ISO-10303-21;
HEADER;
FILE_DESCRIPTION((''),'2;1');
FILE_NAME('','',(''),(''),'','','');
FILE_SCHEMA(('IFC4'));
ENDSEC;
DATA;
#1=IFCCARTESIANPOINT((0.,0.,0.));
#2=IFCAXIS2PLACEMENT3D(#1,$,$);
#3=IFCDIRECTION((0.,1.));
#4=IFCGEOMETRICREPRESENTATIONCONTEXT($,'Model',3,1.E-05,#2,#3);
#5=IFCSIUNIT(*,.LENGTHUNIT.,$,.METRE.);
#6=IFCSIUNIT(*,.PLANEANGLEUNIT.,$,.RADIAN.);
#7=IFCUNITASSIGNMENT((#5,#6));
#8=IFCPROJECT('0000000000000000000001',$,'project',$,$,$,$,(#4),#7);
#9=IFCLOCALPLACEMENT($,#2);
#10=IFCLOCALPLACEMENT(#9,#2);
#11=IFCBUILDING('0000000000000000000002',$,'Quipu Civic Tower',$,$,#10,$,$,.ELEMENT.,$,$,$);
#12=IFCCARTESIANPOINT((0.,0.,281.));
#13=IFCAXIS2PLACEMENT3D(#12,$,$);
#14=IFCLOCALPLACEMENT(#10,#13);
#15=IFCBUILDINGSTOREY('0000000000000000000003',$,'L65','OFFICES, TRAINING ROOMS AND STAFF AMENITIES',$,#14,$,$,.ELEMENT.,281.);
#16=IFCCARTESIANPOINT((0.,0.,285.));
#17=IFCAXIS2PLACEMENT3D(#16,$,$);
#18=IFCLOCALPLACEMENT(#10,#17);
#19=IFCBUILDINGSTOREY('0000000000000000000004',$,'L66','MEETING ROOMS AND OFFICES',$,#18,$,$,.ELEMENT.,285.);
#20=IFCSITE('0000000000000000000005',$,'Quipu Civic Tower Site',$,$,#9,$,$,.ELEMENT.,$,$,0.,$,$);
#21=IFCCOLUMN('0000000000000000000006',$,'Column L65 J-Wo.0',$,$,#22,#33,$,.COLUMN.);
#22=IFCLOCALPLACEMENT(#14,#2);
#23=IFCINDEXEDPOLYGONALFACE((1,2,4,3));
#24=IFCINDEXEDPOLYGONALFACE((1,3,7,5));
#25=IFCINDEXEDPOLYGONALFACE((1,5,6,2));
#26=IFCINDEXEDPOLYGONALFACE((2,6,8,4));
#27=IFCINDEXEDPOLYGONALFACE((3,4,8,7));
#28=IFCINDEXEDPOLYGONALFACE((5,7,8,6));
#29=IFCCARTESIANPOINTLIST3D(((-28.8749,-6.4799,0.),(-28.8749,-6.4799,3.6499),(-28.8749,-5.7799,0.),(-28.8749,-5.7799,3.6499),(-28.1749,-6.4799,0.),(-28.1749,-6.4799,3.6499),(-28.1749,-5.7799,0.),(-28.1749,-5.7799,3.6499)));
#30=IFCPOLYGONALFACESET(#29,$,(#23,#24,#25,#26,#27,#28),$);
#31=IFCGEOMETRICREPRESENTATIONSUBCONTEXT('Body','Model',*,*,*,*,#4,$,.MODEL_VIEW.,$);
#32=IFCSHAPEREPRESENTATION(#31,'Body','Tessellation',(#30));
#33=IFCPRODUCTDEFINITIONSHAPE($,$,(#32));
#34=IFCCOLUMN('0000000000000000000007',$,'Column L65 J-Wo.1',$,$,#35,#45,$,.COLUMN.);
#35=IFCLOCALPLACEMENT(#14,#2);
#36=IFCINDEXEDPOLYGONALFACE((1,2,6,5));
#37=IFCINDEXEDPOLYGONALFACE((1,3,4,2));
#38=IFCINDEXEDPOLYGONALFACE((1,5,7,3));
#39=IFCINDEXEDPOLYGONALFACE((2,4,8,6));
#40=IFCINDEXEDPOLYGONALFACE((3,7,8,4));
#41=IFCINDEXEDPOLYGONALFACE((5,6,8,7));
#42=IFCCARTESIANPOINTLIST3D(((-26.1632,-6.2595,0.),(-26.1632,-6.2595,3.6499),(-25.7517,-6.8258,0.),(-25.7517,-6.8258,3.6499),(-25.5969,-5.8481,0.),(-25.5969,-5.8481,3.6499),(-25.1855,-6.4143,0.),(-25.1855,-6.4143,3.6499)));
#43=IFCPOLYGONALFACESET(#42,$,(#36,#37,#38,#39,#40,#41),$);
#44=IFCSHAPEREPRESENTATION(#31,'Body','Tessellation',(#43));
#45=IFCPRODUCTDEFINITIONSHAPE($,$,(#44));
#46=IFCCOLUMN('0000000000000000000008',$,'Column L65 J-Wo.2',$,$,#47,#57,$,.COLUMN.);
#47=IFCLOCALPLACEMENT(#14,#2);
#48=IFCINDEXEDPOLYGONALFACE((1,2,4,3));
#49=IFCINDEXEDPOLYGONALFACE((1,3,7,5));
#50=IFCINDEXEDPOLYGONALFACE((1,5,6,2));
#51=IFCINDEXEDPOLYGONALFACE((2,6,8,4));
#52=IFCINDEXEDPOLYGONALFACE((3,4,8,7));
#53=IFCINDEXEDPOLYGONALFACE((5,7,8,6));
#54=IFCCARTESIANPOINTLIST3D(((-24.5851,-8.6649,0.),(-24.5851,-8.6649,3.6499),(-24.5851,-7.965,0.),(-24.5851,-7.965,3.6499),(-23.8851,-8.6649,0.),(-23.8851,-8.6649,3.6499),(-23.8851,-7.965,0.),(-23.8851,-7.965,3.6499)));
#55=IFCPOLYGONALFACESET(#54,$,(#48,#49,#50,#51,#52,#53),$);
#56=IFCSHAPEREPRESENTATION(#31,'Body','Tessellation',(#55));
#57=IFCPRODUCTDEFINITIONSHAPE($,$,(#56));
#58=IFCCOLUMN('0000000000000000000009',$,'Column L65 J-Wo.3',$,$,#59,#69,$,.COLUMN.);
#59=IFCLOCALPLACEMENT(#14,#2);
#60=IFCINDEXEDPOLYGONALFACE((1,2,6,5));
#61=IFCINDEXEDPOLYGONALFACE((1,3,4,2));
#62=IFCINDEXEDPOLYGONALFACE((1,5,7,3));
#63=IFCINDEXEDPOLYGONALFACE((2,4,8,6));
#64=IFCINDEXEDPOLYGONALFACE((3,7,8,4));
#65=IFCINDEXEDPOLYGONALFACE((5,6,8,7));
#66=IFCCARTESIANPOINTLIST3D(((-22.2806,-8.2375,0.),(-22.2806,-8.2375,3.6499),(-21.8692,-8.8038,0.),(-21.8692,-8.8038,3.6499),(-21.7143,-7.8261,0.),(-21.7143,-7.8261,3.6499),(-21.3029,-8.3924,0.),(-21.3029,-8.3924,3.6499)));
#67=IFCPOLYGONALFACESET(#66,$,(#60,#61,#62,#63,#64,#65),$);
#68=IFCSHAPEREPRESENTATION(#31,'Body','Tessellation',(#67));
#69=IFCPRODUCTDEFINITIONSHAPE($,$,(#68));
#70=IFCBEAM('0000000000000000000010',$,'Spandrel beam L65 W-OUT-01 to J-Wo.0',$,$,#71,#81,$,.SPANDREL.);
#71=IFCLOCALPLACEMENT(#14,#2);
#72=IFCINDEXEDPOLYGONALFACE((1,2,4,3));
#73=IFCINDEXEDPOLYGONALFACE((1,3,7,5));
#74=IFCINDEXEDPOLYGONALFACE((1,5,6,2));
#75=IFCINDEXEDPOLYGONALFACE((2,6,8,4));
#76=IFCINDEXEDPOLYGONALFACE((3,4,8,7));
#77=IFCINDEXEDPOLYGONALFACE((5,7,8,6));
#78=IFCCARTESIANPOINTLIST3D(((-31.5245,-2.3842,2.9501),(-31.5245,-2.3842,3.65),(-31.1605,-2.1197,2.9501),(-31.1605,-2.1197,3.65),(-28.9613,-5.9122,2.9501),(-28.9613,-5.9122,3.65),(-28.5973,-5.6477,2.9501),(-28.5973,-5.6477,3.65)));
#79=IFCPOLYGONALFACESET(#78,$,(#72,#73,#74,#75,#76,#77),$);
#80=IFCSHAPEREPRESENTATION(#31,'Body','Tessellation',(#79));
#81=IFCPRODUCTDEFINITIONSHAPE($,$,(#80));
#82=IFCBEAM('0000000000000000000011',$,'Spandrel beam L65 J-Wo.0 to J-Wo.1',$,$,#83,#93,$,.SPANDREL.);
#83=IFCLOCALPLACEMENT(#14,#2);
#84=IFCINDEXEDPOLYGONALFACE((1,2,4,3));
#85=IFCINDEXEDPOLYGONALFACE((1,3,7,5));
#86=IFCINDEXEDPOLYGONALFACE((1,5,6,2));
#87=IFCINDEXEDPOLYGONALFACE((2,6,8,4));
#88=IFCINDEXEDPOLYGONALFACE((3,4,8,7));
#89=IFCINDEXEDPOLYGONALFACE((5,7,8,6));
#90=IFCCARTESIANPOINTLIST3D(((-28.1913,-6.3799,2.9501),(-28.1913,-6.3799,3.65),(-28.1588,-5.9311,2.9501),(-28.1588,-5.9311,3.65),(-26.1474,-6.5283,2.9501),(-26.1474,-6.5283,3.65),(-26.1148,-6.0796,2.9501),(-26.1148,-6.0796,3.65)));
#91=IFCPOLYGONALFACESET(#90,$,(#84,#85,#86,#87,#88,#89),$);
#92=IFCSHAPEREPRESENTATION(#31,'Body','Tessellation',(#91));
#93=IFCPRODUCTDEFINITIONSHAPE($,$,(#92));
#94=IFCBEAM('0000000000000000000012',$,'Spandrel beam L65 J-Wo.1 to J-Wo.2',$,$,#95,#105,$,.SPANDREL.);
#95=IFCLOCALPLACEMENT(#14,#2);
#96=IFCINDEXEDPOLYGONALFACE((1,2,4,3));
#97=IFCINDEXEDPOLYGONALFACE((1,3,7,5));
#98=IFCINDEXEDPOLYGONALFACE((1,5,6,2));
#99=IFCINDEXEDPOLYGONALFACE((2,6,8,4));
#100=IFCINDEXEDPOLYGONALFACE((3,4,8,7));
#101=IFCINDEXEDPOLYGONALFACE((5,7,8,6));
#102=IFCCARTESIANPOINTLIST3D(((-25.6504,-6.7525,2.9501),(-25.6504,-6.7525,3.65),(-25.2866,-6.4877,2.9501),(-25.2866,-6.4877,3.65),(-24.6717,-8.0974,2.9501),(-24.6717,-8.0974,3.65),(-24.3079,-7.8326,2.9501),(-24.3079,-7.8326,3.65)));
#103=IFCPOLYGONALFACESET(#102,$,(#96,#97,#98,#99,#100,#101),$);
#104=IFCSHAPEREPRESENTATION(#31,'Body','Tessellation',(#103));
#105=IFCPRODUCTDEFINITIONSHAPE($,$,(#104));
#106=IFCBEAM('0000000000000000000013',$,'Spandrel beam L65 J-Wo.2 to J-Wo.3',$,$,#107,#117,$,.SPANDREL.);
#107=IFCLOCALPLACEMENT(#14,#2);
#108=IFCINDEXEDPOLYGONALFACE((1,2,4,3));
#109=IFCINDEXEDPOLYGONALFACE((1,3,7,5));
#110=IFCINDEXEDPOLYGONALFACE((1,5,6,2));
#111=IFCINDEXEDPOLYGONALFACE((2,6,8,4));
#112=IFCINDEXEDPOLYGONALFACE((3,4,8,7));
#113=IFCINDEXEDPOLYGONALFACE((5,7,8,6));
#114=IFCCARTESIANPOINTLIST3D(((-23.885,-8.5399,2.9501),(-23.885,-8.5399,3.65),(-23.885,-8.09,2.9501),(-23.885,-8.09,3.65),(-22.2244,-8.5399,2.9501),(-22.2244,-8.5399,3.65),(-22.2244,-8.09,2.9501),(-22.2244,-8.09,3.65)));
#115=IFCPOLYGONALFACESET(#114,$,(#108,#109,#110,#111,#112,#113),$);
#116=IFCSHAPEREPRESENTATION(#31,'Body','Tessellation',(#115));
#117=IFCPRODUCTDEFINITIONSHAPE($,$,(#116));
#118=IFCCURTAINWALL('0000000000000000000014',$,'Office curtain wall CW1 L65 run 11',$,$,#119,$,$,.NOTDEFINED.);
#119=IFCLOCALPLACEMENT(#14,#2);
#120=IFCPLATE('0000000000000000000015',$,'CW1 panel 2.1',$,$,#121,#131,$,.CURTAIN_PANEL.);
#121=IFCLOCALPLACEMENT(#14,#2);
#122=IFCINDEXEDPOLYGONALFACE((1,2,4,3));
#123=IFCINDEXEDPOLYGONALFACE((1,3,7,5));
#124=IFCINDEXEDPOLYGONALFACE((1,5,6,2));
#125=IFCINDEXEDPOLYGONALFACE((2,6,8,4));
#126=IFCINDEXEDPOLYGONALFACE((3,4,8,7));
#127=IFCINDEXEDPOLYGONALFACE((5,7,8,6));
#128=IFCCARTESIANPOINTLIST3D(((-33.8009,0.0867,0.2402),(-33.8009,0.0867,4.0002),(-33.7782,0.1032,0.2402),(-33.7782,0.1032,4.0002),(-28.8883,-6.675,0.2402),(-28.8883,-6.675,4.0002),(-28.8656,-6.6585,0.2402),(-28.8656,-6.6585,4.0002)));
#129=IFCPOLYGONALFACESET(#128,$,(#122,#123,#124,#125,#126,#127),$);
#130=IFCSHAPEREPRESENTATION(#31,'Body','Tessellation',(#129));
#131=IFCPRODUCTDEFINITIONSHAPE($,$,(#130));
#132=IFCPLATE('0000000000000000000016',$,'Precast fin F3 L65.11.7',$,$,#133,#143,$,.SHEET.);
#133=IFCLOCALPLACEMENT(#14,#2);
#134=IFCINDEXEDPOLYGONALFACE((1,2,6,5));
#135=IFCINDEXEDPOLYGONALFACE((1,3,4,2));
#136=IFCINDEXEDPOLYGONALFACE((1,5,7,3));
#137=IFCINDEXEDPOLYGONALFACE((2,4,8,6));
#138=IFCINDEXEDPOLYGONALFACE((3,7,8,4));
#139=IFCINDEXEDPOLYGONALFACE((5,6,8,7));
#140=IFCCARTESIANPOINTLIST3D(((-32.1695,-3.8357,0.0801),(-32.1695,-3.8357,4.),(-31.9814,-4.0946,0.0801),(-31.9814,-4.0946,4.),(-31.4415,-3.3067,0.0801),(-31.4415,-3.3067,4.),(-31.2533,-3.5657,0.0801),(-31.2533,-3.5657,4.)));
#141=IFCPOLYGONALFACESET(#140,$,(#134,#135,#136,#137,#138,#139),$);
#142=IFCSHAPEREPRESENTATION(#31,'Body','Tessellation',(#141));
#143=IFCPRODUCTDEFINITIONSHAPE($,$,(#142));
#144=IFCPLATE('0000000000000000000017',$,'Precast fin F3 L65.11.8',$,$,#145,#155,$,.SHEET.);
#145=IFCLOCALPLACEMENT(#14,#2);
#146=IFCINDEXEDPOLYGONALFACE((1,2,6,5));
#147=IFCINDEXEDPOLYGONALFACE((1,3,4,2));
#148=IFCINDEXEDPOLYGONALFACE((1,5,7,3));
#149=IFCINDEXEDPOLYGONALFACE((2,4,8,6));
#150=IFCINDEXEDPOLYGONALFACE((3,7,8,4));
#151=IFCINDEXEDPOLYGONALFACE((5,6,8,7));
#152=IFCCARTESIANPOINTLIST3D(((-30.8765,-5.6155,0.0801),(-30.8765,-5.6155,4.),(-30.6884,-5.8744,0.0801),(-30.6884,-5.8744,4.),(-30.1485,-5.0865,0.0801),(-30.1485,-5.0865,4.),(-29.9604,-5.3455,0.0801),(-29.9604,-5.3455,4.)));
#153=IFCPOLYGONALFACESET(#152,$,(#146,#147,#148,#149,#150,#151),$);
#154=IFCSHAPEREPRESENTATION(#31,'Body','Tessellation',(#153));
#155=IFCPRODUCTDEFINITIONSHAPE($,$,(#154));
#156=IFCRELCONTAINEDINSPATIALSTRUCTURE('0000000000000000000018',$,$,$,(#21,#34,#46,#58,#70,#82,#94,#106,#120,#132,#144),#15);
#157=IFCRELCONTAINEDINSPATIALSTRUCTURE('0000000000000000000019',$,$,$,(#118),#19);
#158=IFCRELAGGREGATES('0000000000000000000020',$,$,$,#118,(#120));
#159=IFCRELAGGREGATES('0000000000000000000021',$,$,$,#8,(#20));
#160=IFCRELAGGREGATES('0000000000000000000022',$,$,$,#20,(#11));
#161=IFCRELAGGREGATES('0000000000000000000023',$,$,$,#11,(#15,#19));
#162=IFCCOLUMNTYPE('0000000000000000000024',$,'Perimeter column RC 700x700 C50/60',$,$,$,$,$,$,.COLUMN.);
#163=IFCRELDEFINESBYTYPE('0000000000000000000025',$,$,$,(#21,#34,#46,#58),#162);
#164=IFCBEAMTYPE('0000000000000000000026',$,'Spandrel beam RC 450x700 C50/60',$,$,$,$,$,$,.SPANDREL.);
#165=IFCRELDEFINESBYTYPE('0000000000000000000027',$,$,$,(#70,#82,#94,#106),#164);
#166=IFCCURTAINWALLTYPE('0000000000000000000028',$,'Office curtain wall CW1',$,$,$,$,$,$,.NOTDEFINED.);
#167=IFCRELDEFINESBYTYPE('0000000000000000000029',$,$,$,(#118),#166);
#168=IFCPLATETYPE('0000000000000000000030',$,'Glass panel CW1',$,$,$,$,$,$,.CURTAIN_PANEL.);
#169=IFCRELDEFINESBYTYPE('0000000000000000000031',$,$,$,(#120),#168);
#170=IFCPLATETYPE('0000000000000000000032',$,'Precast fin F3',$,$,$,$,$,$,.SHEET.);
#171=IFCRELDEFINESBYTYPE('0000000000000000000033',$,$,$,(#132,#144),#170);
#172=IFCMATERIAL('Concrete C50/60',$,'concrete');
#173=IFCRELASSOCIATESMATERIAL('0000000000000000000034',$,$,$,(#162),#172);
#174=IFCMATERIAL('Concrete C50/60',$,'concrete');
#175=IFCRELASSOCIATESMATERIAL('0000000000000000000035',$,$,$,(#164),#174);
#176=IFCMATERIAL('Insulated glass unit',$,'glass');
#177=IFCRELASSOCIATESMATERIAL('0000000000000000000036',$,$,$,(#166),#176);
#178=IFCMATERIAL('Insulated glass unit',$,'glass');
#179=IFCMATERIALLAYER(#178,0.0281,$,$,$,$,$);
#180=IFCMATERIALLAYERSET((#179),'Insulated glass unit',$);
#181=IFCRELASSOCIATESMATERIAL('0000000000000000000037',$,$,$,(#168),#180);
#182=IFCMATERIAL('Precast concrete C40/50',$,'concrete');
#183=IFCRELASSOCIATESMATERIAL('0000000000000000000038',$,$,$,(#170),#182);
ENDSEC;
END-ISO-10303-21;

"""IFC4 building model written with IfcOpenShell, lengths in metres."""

from ifc_helpers import new_model, si_unit, direction, frame, origin, origin_2d, place, context, subcontext, project, spatial, rectangle, extrude, material, layer, layer_set, material_profile, profile_set, type_object, element, aggregate, save


model = new_model("IFC4")

# Units and contexts
model_context = context("Model", 3, precision=1e-05, world=origin(), true_north=direction((0.0, 1.0)))
body_context = subcontext(model_context, "Body", "Model", "MODEL_VIEW")
ifc_project = project(units=[si_unit("LENGTHUNIT", "METRE"), si_unit("PLANEANGLEUNIT", "RADIAN")], contexts=[model_context])

# Site, building, storey
site_placement = place(None, origin())
site = spatial("IfcSite", under=ifc_project, at=site_placement, Name="Quipu Civic Tower Site", CompositionType="ELEMENT", RefElevation=0.0)
building_placement = place(site_placement, origin())
building = spatial("IfcBuilding", under=site, at=building_placement, Name="Quipu Civic Tower", CompositionType="ELEMENT")
storey_1_placement = place(building_placement, frame((0.0, 0.0, 281.0)))
storey_1 = spatial("IfcBuildingStorey", under=building, at=storey_1_placement, Name="L65", Description="OFFICES, TRAINING ROOMS AND STAFF AMENITIES", CompositionType="ELEMENT", Elevation=281.0)

# Columns
ifc_material_1 = material(Name="Concrete C50/60", Category="concrete")
ifc_material_profile_1 = material_profile(ifc_material_1, rectangle(XDim=0.7, YDim=0.7, at=origin_2d()), Name="RC700x700")
ifc_profile_set_1 = profile_set([ifc_material_profile_1], Name="Concrete C50/60")
column_type = type_object("IfcColumnType", Name="Perimeter column RC 700x700 C50/60", PredefinedType="COLUMN", material=ifc_profile_set_1)
for number, where, z_axis, x_axis, name in (
    (1, (-28.5249, -6.1299, 0.0), (0.0, 0.0, 1.0), (1.0, 0.0, 0.0), "Column L65 J-Wo.0"),
    (2, (-25.6743, -6.3369, 0.0), (0.0, 0.0, 1.0), (0.587785, -0.809017, 0.0), "Column L65 J-Wo.1"),
    (3, (-24.2351, -8.3149, 0.0), (0.0, 0.0, 1.0), (1.0, 0.0, 0.0), "Column L65 J-Wo.2"),
    (4, (-21.7917, -8.3149, 0.0), (0.0, 0.0, 1.0), (0.587785, -0.809017, 0.0), "Column L65 J-Wo.3"),
):
    element("IfcColumn", number, at=place(storey_1_placement, frame(where, z_axis=z_axis, x_axis=x_axis)), inside=storey_1, type_object=column_type, Name=name, PredefinedType="COLUMN", context=body_context, shape_type="SweptSolid", body=[
        extrude(rectangle(XDim=0.7, YDim=0.7, at=origin_2d()), origin(), (0.0, 0.0, 1.0), 3.6499),
    ])

# Beams
ifc_material_2 = material(Name="Concrete C50/60", Category="concrete")
ifc_material_profile_2 = material_profile(ifc_material_2, rectangle(XDim=0.45, YDim=0.7, at=origin_2d()), Name="RC450x700")
ifc_profile_set_2 = profile_set([ifc_material_profile_2], Name="Concrete C50/60")
beam_type = type_object("IfcBeamType", Name="Spandrel beam RC 450x700 C50/60", PredefinedType="SPANDREL", material=ifc_profile_set_2)
beam_1_placement = place(storey_1_placement, frame((-31.3425, -2.252, 3.3), z_axis=(0.587776, -0.809024, 0.0), x_axis=(0.809024, 0.587776, 0.0)))
element("IfcBeam", 5, at=beam_1_placement, inside=storey_1, type_object=beam_type, Name="Spandrel beam L65 W-OUT-01 to J-Wo.0", PredefinedType="SPANDREL", context=body_context, shape_type="SweptSolid", body=[
    extrude(rectangle(XDim=0.45, YDim=0.7, at=origin_2d()), origin(), (0.0, 0.0, 1.0), 4.3608),
])
beam_2_placement = place(storey_1_placement, frame((-28.175, -6.1555, 3.3), z_axis=(0.997373, -0.072432, 0.0), x_axis=(0.072432, 0.997373, 0.0)))
element("IfcBeam", 6, at=beam_2_placement, inside=storey_1, type_object=beam_type, Name="Spandrel beam L65 J-Wo.0 to J-Wo.1", PredefinedType="SPANDREL", context=body_context, shape_type="SweptSolid", body=[
    extrude(rectangle(XDim=0.45, YDim=0.7, at=origin_2d()), origin(), (0.0, 0.0, 1.0), 2.0493),
])
beam_3_placement = place(storey_1_placement, frame((-25.4685, -6.6201, 3.3), z_axis=(0.588407, -0.808565, 0.0), x_axis=(0.808565, 0.588407, 0.0)))
element("IfcBeam", 7, at=beam_3_placement, inside=storey_1, type_object=beam_type, Name="Spandrel beam L65 J-Wo.1 to J-Wo.2", PredefinedType="SPANDREL", context=body_context, shape_type="SweptSolid", body=[
    extrude(rectangle(XDim=0.45, YDim=0.7, at=origin_2d()), origin(), (0.0, 0.0, 1.0), 1.6633),
])
beam_4_placement = place(storey_1_placement, frame((-23.885, -8.3149, 3.3), z_axis=(1.0, 0.0, 0.0), x_axis=(0.0, 1.0, 0.0)))
element("IfcBeam", 8, at=beam_4_placement, inside=storey_1, type_object=beam_type, Name="Spandrel beam L65 J-Wo.2 to J-Wo.3", PredefinedType="SPANDREL", context=body_context, shape_type="SweptSolid", body=[
    extrude(rectangle(XDim=0.45, YDim=0.7, at=origin_2d()), origin(), (0.0, 0.0, 1.0), 1.6606),
])

# Shared definitions
storey_2_placement = place(building_placement, frame((0.0, 0.0, 285.0)))
storey_2 = spatial("IfcBuildingStorey", under=building, at=storey_2_placement, Name="L66", Description="MEETING ROOMS AND OFFICES", CompositionType="ELEMENT", Elevation=285.0)

# Curtain wall, plate
ifc_material_3 = material(Name="Insulated glass unit", Category="glass")
curtain_wall_type = type_object("IfcCurtainWallType", Name="Office curtain wall CW1", PredefinedType="NOTDEFINED", material=ifc_material_3)
curtain_wall_placement = place(storey_2_placement, origin())
curtain_wall = element("IfcCurtainWall", 9, at=curtain_wall_placement, inside=storey_2, type_object=curtain_wall_type, Name="Office curtain wall CW1 L65 run 11", PredefinedType="NOTDEFINED")
ifc_material_4 = material(Name="Insulated glass unit", Category="glass")
ifc_layer_1 = layer(ifc_material_4, 0.0281)
ifc_layer_set_1 = layer_set([ifc_layer_1], Name="Insulated glass unit")
plate_type_1 = type_object("IfcPlateType", Name="Glass panel CW1", PredefinedType="CURTAIN_PANEL", material=ifc_layer_set_1)
plate_placement = place(storey_1_placement, frame((-31.3333, -3.2859, 0.2402), z_axis=(0.0, 0.0, 1.0), x_axis=(0.587786, -0.809016, 0.0)))
plate = element("IfcPlate", 10, at=plate_placement, inside=storey_1, type_object=plate_type_1, Name="CW1 panel 2.1", PredefinedType="CURTAIN_PANEL", context=body_context, shape_type="SweptSolid", body=[
    extrude(rectangle(XDim=8.3579, YDim=0.0281, at=origin_2d()), origin(), (0.0, 0.0, 1.0), 3.76),
])
aggregate(curtain_wall, [plate])

# Plates
ifc_material_5 = material(Name="Precast concrete C40/50", Category="concrete")
plate_type_2 = type_object("IfcPlateType", Name="Precast fin F3", PredefinedType="SHEET", material=ifc_material_5)
for number, where, z_axis, x_axis, name in (
    (11, (-31.7114, -3.7007, 0.0801), (0.0, 0.0, 1.0), (0.587787, -0.809016, 0.0), "Precast fin F3 L65.11.7"),
    (12, (-30.4185, -5.4805, 0.0801), (0.0, 0.0, 1.0), (0.587787, -0.809016, 0.0), "Precast fin F3 L65.11.8"),
):
    element("IfcPlate", number, at=place(storey_1_placement, frame(where, z_axis=z_axis, x_axis=x_axis)), inside=storey_1, type_object=plate_type_2, Name=name, PredefinedType="SHEET", context=body_context, shape_type="SweptSolid", body=[
        extrude(rectangle(XDim=0.3201, YDim=0.8999, at=origin_2d()), origin(), (0.0, 0.0, 1.0), 3.9199),
    ])

save(model, "model.ifc")
